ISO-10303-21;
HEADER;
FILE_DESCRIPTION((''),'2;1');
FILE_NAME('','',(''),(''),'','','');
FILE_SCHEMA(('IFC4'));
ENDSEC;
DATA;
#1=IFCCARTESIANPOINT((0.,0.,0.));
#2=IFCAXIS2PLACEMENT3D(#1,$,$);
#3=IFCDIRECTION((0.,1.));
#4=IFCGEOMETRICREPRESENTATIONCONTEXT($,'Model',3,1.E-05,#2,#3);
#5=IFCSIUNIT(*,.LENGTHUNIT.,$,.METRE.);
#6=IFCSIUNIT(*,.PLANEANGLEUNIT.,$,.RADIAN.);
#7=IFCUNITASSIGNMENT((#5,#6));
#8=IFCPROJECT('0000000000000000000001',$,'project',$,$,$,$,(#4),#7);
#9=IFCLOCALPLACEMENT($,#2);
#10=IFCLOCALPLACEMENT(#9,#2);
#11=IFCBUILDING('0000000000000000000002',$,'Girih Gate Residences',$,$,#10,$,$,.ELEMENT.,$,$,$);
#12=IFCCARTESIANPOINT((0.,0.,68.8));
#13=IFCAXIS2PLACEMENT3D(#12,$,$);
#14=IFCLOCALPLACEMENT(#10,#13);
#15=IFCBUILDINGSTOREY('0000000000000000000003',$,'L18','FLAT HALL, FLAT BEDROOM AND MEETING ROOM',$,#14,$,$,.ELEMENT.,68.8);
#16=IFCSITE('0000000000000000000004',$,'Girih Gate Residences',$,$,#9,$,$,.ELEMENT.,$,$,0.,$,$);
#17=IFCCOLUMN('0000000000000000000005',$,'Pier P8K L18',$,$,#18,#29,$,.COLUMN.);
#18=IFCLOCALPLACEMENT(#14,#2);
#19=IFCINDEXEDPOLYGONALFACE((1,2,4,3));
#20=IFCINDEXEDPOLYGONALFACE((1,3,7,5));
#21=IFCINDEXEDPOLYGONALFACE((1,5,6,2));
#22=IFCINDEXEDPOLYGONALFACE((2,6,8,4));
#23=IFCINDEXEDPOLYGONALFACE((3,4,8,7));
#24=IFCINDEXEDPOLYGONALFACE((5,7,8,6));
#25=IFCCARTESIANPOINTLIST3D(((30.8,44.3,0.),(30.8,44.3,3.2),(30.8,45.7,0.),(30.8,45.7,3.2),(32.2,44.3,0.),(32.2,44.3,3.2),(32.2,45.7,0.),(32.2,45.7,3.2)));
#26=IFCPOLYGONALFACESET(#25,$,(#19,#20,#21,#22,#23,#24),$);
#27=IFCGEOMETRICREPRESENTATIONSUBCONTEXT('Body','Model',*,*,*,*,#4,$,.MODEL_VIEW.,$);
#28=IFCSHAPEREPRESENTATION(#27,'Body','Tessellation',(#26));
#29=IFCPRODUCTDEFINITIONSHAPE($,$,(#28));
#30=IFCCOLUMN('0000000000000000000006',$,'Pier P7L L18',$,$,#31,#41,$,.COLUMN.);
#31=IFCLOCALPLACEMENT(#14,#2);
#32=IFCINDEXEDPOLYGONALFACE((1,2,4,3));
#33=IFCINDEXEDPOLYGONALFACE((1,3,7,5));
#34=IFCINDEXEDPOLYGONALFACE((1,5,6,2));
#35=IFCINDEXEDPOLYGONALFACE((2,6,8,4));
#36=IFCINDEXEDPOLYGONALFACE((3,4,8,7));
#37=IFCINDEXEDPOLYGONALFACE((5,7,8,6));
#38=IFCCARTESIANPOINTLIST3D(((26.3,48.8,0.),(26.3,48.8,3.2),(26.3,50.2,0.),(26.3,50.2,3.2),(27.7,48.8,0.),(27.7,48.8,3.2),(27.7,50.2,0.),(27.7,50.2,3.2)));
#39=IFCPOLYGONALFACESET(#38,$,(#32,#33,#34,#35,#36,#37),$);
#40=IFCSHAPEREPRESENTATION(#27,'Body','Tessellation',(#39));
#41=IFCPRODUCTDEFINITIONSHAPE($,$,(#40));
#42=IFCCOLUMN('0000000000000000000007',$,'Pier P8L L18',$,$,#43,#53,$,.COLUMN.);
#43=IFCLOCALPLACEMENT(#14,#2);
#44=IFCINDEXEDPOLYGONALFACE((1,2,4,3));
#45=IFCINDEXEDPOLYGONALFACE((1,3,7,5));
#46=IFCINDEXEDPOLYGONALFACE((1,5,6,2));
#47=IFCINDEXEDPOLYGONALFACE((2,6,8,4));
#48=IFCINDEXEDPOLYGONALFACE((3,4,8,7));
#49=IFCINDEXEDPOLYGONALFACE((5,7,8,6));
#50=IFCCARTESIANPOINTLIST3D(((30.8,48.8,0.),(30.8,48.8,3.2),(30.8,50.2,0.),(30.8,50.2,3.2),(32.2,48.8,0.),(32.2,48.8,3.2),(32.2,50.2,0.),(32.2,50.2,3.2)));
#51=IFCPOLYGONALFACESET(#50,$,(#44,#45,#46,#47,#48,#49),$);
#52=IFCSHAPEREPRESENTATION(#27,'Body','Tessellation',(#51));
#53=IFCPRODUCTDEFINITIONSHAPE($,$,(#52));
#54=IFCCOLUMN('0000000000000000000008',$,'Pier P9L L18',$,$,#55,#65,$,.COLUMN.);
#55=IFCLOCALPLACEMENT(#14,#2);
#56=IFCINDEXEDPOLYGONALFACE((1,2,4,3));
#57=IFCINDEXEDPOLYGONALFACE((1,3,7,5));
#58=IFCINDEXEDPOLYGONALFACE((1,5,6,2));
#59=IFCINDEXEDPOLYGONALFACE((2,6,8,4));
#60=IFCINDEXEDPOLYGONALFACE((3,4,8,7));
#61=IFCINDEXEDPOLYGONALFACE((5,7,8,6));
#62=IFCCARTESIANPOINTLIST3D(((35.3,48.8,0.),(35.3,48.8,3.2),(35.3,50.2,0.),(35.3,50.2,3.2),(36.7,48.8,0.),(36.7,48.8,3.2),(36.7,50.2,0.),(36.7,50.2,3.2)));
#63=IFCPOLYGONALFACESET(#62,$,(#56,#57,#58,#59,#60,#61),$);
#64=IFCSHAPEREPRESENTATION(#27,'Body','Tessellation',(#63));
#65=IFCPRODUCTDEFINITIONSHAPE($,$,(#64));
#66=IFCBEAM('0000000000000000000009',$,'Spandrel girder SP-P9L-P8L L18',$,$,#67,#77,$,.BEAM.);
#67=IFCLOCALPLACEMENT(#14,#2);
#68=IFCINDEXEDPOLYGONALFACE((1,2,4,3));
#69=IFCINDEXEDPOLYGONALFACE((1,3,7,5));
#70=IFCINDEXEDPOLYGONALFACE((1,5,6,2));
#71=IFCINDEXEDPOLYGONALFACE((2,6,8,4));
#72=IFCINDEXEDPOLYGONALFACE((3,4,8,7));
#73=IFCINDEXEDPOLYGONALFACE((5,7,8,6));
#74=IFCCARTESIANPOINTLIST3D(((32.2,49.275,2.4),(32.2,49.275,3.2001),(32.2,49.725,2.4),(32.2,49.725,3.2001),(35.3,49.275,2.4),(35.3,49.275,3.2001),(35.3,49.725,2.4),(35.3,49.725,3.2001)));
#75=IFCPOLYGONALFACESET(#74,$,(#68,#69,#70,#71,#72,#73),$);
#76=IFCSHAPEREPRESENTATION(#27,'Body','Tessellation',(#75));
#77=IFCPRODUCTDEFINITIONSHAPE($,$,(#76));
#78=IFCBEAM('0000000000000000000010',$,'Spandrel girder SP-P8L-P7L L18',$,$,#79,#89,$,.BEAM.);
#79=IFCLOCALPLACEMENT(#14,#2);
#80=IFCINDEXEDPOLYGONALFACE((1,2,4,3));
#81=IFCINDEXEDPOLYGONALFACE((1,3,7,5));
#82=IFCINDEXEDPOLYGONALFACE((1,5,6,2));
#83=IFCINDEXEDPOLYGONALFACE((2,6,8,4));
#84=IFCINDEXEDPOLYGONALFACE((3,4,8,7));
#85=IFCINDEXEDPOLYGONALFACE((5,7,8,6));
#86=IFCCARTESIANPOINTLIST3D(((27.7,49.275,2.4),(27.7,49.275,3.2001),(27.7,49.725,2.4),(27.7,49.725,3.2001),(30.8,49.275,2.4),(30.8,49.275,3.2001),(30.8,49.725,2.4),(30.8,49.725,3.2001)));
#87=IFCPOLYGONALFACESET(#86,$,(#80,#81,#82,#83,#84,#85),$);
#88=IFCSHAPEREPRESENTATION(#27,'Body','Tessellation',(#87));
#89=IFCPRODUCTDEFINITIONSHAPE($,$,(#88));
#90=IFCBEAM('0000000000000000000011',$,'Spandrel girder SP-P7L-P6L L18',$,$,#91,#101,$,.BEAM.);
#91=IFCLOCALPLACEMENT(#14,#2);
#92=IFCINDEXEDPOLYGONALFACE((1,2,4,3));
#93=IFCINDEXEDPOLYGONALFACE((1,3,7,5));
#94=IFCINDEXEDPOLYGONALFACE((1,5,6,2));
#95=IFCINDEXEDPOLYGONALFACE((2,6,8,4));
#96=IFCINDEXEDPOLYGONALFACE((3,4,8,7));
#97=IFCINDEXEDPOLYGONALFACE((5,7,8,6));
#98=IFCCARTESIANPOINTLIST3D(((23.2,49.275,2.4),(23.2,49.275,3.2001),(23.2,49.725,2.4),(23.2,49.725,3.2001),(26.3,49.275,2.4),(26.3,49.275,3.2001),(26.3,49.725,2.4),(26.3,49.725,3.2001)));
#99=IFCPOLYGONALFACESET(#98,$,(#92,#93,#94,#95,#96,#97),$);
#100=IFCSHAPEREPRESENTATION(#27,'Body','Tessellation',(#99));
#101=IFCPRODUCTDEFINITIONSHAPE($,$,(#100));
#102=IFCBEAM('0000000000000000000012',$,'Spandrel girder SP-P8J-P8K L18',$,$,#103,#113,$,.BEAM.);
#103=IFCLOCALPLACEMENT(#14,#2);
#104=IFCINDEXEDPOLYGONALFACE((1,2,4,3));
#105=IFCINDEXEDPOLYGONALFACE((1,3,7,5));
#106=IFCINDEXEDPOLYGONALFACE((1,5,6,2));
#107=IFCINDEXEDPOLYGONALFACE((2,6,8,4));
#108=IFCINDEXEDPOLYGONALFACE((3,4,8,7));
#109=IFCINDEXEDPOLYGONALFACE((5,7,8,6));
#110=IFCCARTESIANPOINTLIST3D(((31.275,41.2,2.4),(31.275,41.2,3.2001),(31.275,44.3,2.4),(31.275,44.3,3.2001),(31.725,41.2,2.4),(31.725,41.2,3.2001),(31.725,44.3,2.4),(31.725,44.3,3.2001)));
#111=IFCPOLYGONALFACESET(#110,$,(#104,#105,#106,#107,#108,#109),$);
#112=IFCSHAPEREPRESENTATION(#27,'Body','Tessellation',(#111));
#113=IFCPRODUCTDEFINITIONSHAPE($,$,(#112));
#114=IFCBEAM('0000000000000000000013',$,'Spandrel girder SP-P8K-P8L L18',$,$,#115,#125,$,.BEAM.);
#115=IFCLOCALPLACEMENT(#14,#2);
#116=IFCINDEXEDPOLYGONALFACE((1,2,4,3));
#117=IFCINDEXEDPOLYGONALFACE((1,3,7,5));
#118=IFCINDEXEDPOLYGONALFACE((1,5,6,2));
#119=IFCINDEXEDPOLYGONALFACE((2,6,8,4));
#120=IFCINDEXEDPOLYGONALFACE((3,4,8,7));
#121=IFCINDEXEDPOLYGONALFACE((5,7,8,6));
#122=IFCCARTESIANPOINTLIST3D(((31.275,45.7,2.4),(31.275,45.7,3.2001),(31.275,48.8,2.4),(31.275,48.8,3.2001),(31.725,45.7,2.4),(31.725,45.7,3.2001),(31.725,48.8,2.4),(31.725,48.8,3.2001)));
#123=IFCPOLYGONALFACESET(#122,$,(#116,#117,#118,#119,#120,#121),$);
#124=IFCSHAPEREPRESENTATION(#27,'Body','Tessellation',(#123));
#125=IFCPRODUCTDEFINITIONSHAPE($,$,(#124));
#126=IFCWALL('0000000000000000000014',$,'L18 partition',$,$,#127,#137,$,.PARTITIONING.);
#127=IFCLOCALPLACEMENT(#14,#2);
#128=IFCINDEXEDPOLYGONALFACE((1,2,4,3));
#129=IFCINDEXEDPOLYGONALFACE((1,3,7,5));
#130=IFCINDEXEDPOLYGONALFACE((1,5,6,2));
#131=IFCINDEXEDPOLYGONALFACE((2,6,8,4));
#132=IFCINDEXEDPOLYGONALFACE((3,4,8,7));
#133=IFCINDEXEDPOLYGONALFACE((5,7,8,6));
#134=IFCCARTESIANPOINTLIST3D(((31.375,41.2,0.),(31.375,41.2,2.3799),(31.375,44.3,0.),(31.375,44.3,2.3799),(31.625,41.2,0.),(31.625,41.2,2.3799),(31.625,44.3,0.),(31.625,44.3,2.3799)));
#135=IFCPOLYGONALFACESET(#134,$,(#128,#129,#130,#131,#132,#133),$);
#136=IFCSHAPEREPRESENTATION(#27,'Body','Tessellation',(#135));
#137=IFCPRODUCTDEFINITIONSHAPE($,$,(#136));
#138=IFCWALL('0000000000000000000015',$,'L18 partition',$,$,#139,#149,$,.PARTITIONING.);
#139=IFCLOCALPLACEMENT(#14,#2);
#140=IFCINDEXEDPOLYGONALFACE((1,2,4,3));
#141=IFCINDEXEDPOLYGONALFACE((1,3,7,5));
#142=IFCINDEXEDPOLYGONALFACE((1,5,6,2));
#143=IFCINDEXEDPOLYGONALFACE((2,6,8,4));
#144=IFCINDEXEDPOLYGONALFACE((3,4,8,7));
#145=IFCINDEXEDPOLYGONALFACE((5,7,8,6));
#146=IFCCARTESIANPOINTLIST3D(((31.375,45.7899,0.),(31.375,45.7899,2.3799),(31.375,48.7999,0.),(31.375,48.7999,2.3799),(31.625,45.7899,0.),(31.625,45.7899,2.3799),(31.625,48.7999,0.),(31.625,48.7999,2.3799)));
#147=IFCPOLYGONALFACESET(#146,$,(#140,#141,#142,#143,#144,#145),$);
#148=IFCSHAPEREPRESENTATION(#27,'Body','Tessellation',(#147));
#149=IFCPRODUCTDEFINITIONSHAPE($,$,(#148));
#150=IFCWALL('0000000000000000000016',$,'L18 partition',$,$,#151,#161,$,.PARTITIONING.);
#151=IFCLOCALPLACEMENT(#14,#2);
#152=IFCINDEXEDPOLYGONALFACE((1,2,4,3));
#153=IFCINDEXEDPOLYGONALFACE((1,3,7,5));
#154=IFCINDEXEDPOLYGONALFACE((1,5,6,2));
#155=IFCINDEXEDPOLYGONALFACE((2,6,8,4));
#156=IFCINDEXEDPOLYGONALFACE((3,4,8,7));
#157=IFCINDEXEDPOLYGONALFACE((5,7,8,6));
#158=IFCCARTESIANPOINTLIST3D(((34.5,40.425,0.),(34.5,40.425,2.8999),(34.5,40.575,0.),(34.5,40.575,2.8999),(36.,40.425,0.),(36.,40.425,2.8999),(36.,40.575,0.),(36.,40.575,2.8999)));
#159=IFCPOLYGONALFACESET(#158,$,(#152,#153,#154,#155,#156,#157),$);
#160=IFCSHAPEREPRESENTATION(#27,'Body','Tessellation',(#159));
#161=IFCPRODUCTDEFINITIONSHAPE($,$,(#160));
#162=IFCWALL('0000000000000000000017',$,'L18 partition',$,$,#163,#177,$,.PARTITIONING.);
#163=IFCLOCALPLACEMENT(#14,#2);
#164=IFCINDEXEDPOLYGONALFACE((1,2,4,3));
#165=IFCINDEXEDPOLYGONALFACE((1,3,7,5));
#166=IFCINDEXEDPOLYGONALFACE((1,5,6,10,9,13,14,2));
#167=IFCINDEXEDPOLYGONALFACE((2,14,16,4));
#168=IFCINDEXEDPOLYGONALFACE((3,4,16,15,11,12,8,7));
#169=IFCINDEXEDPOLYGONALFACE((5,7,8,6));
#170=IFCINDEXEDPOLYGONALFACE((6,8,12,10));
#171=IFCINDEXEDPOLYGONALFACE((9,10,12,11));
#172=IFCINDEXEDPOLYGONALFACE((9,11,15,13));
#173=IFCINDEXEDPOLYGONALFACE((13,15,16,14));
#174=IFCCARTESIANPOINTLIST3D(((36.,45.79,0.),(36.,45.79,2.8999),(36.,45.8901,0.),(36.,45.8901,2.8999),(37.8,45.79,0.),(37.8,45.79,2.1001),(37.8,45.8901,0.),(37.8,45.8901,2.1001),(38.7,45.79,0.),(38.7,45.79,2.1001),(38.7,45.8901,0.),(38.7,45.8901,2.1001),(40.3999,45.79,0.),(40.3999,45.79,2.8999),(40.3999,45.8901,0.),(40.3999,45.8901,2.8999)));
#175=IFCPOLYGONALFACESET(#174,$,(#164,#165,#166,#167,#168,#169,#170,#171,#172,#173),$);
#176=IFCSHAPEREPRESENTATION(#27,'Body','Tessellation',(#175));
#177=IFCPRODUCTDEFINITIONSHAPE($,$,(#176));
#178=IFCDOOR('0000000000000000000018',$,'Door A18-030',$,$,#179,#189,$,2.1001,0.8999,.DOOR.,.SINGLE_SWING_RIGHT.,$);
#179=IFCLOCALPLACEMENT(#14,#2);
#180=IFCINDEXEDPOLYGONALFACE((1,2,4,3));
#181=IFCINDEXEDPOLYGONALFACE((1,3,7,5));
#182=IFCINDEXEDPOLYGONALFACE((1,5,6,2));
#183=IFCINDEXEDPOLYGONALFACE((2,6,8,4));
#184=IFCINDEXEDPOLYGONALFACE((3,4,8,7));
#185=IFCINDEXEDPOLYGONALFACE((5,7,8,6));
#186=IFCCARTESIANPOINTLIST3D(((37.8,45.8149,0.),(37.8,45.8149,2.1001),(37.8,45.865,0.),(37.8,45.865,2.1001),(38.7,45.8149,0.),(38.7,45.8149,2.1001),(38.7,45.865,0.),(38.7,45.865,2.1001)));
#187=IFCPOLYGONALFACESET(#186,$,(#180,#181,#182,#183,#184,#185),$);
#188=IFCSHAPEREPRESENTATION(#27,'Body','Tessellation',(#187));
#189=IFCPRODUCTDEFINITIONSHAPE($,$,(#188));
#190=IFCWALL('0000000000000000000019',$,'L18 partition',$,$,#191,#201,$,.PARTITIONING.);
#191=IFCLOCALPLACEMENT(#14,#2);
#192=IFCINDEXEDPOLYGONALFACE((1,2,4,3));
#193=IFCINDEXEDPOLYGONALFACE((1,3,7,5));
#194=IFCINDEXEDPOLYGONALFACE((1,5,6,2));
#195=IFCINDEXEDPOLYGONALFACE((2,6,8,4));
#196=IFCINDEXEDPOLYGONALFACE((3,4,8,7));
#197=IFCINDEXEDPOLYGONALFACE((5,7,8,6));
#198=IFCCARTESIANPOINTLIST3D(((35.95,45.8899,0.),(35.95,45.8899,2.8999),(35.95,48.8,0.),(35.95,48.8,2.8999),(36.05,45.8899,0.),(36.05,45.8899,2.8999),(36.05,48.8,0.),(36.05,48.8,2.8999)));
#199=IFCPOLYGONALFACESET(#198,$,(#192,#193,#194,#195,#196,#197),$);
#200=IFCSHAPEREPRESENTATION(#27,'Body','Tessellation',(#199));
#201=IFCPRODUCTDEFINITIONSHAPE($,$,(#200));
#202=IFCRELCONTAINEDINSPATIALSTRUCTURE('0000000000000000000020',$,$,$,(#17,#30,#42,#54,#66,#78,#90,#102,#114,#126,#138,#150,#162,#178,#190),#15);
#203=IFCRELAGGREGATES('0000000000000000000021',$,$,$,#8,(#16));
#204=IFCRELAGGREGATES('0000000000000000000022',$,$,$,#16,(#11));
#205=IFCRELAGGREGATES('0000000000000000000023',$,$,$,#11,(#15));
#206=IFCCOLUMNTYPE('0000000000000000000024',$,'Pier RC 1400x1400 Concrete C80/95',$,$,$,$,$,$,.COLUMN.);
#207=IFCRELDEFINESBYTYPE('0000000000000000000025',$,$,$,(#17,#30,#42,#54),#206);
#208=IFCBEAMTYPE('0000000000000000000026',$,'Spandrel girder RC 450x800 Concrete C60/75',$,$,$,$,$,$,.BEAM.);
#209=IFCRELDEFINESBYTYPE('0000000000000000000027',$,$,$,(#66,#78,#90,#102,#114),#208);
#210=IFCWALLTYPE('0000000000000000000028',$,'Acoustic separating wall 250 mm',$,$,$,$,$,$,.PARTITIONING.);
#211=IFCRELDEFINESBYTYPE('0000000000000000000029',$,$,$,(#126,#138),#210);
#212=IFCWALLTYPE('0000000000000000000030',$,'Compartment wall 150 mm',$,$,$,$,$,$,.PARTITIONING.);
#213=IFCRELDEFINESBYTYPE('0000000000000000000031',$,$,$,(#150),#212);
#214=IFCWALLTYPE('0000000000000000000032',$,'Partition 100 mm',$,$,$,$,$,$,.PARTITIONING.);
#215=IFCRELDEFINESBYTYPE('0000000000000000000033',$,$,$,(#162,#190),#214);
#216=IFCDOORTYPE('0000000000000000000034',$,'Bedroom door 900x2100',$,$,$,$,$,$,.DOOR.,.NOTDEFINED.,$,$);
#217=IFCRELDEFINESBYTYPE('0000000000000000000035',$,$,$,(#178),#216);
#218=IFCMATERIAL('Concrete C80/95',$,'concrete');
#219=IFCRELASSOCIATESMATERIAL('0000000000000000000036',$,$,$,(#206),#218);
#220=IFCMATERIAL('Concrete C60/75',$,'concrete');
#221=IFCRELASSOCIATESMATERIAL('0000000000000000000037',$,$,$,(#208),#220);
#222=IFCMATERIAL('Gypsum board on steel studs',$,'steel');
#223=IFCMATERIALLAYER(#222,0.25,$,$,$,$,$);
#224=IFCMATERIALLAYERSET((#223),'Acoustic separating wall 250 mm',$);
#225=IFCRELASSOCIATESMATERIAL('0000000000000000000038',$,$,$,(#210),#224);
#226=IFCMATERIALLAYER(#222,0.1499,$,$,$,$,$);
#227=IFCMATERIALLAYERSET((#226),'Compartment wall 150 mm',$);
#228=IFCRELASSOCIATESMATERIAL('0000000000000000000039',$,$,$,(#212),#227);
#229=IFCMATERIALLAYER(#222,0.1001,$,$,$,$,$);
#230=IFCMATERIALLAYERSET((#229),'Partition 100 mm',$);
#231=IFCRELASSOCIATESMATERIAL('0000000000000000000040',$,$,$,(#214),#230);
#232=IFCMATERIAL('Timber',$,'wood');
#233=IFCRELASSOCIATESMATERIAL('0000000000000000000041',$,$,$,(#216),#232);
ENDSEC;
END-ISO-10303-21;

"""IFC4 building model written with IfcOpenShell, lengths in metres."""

from ifc_helpers import new_model, si_unit, direction, frame, frame_2d, origin, origin_2d, place, context, subcontext, project, spatial, rectangle, extrude, material, layer, layer_set, material_profile, profile_set, type_object, element, fill, save


model = new_model("IFC4")

# Units and contexts
model_context = context("Model", 3, precision=1e-05, world=origin(), true_north=direction((0.0, 1.0)))
body_context = subcontext(model_context, "Body", "Model", "MODEL_VIEW")
ifc_project = project(units=[si_unit("LENGTHUNIT", "METRE"), si_unit("PLANEANGLEUNIT", "RADIAN")], contexts=[model_context])

# Site, building, storey
site_placement = place(None, origin())
site = spatial("IfcSite", under=ifc_project, at=site_placement, Name="Girih Gate Residences", CompositionType="ELEMENT", RefElevation=0.0)
building_placement = place(site_placement, origin())
building = spatial("IfcBuilding", under=site, at=building_placement, Name="Girih Gate Residences", CompositionType="ELEMENT")
storey_placement = place(building_placement, frame((0.0, 0.0, 68.8)))
storey = spatial("IfcBuildingStorey", under=building, at=storey_placement, Name="L18", Description="FLAT HALL, FLAT BEDROOM AND MEETING ROOM", CompositionType="ELEMENT", Elevation=68.8)

# Columns
ifc_material_1 = material(Name="Concrete C80/95", Category="concrete")
ifc_material_profile_1 = material_profile(ifc_material_1, rectangle(XDim=1.3999, YDim=1.3999, at=origin_2d()))
ifc_profile_set_1 = profile_set([ifc_material_profile_1], Name="Concrete C80/95")
column_type = type_object("IfcColumnType", Name="Pier RC 1400x1400 Concrete C80/95", PredefinedType="COLUMN", material=ifc_profile_set_1)
for number, where, z_axis, x_axis, name in (
    (1, (31.5, 45.0, 0.0), (0.0, 0.0, 1.0), (1.0, 0.0, 0.0), "Pier P8K L18"),
    (2, (27.0, 49.5, 0.0), (0.0, 0.0, 1.0), (1.0, 0.0, 0.0), "Pier P7L L18"),
    (3, (31.5, 49.5, 0.0), (0.0, 0.0, 1.0), (1.0, 0.0, 0.0), "Pier P8L L18"),
    (4, (36.0, 49.5, 0.0), (0.0, 0.0, 1.0), (1.0, 0.0, 0.0), "Pier P9L L18"),
):
    element("IfcColumn", number, at=place(storey_placement, frame(where, z_axis=z_axis, x_axis=x_axis)), inside=storey, type_object=column_type, Name=name, PredefinedType="COLUMN", context=body_context, shape_type="SweptSolid", body=[
        extrude(rectangle(XDim=1.3999, YDim=1.3999, at=origin_2d()), origin(), (0.0, 0.0, 1.0), 3.2),
    ])

# Beams
ifc_material_2 = material(Name="Concrete C60/75", Category="concrete")
ifc_material_profile_2 = material_profile(ifc_material_2, rectangle(XDim=0.45, YDim=0.8, at=origin_2d()))
ifc_profile_set_2 = profile_set([ifc_material_profile_2], Name="Concrete C60/75")
beam_type = type_object("IfcBeamType", Name="Spandrel girder RC 450x800 Concrete C60/75", PredefinedType="BEAM", material=ifc_profile_set_2)
for number, where, z_axis, x_axis, name in (
    (5, (35.3, 49.5, 2.8), (-1.0, 0.0, 0.0), (0.0, -1.0, 0.0), "Spandrel girder SP-P9L-P8L L18"),
    (6, (30.8, 49.5, 2.8), (-1.0, 0.0, 0.0), (0.0, -1.0, 0.0), "Spandrel girder SP-P8L-P7L L18"),
    (7, (26.3, 49.5, 2.8), (-1.0, 0.0, 0.0), (0.0, -1.0, 0.0), "Spandrel girder SP-P7L-P6L L18"),
    (8, (31.5, 41.2, 2.8), (0.0, 1.0, 0.0), (-1.0, 0.0, 0.0), "Spandrel girder SP-P8J-P8K L18"),
    (9, (31.5, 45.7, 2.8), (0.0, 1.0, 0.0), (-1.0, 0.0, 0.0), "Spandrel girder SP-P8K-P8L L18"),
):
    element("IfcBeam", number, at=place(storey_placement, frame(where, z_axis=z_axis, x_axis=x_axis)), inside=storey, type_object=beam_type, Name=name, PredefinedType="BEAM", context=body_context, shape_type="SweptSolid", body=[
        extrude(rectangle(XDim=0.45, YDim=0.8, at=origin_2d()), origin(), (0.0, 0.0, 1.0), 3.1001),
    ])

# Walls
ifc_material_3 = material(Name="Gypsum board on steel studs", Category="steel")
ifc_layer_1 = layer(ifc_material_3, 0.25)
ifc_layer_set_1 = layer_set([ifc_layer_1], Name="Acoustic separating wall 250 mm")
wall_type_1 = type_object("IfcWallType", Name="Acoustic separating wall 250 mm", PredefinedType="PARTITIONING", material=ifc_layer_set_1)
wall_1_placement = place(storey_placement, frame((31.5, 41.2, 0.0), z_axis=(0.0, 0.0, 1.0), x_axis=(0.0, 1.0, 0.0)))
element("IfcWall", 10, at=wall_1_placement, inside=storey, type_object=wall_type_1, Name="L18 partition", PredefinedType="PARTITIONING", context=body_context, shape_type="SweptSolid", body=[
    extrude(rectangle(XDim=3.1001, YDim=0.25, at=frame_2d((1.55, 0.0))), origin(), (0.0, 0.0, 1.0), 2.3799),
])
wall_2_placement = place(storey_placement, frame((31.5, 45.79, 0.0), z_axis=(0.0, 0.0, 1.0), x_axis=(0.0, 1.0, 0.0)))
element("IfcWall", 11, at=wall_2_placement, inside=storey, type_object=wall_type_1, Name="L18 partition", PredefinedType="PARTITIONING", context=body_context, shape_type="SweptSolid", body=[
    extrude(rectangle(XDim=3.01, YDim=0.25, at=frame_2d((1.5049, 0.0))), origin(), (0.0, 0.0, 1.0), 2.3799),
])
ifc_layer_2 = layer(ifc_material_3, 0.1499)
ifc_layer_set_2 = layer_set([ifc_layer_2], Name="Compartment wall 150 mm")
wall_type_2 = type_object("IfcWallType", Name="Compartment wall 150 mm", PredefinedType="PARTITIONING", material=ifc_layer_set_2)
wall_3_placement = place(storey_placement, frame((34.5, 40.5, 0.0), z_axis=(0.0, 0.0, 1.0), x_axis=(1.0, 0.0, 0.0)))
element("IfcWall", 12, at=wall_3_placement, inside=storey, type_object=wall_type_2, Name="L18 partition", PredefinedType="PARTITIONING", context=body_context, shape_type="SweptSolid", body=[
    extrude(rectangle(XDim=1.5, YDim=0.1499, at=frame_2d((0.75, 0.0))), origin(), (0.0, 0.0, 1.0), 2.8999),
])

# Wall, opening, door
ifc_layer_3 = layer(ifc_material_3, 0.1001)
ifc_layer_set_3 = layer_set([ifc_layer_3], Name="Partition 100 mm")
wall_type_3 = type_object("IfcWallType", Name="Partition 100 mm", PredefinedType="PARTITIONING", material=ifc_layer_set_3)
wall_4_placement = place(storey_placement, frame((36.0, 45.8401, 0.0), z_axis=(0.0, 0.0, 1.0), x_axis=(1.0, 0.0, 0.0)))
wall_4 = element("IfcWall", 13, at=wall_4_placement, inside=storey, type_object=wall_type_3, Name="L18 partition", PredefinedType="PARTITIONING", context=body_context, shape_type="SweptSolid", body=[
    extrude(rectangle(XDim=4.3999, YDim=0.1001, at=frame_2d((2.2, 0.0))), origin(), (0.0, 0.0, 1.0), 2.8999),
])
opening_1_placement = place(wall_4_placement, frame((1.8, 0.0, 0.0)))
opening_1 = element("IfcOpeningElement", 14, at=opening_1_placement, cuts=wall_4, PredefinedType="OPENING", context=body_context, shape_type="SweptSolid", body=[
    extrude(rectangle(XDim=0.8999, YDim=2.1001, at=frame_2d((0.45, 1.05))), frame((0.0, 0.0601, 0.0), z_axis=(0.0, -1.0, 0.0), x_axis=(1.0, 0.0, 0.0)), (0.0, 0.0, 1.0), 0.1201),
])
ifc_material_4 = material(Name="Timber", Category="wood")
door_type_1 = type_object("IfcDoorType", Name="Bedroom door 900x2100", OperationType="NOTDEFINED", PredefinedType="DOOR", material=ifc_material_4)
door_1_placement = place(opening_1_placement, origin())
door_1 = element("IfcDoor", 15, at=door_1_placement, inside=storey, type_object=door_type_1, Name="Door A18-030", OperationType="SINGLE_SWING_RIGHT", OverallHeight=2.1001, OverallWidth=0.8999, PredefinedType="DOOR", context=body_context, shape_type="SweptSolid", body=[
    extrude(rectangle(XDim=0.8999, YDim=2.1001, at=frame_2d((0.45, 1.05))), frame((0.0, 0.0249, 0.0), z_axis=(0.0, -1.0, 0.0), x_axis=(1.0, 0.0, 0.0)), (0.0, 0.0, 1.0), 0.05),
])
fill(opening_1, door_1)

# Wall
wall_5_placement = place(storey_placement, frame((36.0, 45.8899, 0.0), z_axis=(0.0, 0.0, 1.0), x_axis=(0.0, 1.0, 0.0)))
element("IfcWall", 16, at=wall_5_placement, inside=storey, type_object=wall_type_3, Name="L18 partition", PredefinedType="PARTITIONING", context=body_context, shape_type="SweptSolid", body=[
    extrude(rectangle(XDim=2.9102, YDim=0.1001, at=frame_2d((1.4551, 0.0))), origin(), (0.0, 0.0, 1.0), 2.8999),
])

save(model, "model.ifc")
